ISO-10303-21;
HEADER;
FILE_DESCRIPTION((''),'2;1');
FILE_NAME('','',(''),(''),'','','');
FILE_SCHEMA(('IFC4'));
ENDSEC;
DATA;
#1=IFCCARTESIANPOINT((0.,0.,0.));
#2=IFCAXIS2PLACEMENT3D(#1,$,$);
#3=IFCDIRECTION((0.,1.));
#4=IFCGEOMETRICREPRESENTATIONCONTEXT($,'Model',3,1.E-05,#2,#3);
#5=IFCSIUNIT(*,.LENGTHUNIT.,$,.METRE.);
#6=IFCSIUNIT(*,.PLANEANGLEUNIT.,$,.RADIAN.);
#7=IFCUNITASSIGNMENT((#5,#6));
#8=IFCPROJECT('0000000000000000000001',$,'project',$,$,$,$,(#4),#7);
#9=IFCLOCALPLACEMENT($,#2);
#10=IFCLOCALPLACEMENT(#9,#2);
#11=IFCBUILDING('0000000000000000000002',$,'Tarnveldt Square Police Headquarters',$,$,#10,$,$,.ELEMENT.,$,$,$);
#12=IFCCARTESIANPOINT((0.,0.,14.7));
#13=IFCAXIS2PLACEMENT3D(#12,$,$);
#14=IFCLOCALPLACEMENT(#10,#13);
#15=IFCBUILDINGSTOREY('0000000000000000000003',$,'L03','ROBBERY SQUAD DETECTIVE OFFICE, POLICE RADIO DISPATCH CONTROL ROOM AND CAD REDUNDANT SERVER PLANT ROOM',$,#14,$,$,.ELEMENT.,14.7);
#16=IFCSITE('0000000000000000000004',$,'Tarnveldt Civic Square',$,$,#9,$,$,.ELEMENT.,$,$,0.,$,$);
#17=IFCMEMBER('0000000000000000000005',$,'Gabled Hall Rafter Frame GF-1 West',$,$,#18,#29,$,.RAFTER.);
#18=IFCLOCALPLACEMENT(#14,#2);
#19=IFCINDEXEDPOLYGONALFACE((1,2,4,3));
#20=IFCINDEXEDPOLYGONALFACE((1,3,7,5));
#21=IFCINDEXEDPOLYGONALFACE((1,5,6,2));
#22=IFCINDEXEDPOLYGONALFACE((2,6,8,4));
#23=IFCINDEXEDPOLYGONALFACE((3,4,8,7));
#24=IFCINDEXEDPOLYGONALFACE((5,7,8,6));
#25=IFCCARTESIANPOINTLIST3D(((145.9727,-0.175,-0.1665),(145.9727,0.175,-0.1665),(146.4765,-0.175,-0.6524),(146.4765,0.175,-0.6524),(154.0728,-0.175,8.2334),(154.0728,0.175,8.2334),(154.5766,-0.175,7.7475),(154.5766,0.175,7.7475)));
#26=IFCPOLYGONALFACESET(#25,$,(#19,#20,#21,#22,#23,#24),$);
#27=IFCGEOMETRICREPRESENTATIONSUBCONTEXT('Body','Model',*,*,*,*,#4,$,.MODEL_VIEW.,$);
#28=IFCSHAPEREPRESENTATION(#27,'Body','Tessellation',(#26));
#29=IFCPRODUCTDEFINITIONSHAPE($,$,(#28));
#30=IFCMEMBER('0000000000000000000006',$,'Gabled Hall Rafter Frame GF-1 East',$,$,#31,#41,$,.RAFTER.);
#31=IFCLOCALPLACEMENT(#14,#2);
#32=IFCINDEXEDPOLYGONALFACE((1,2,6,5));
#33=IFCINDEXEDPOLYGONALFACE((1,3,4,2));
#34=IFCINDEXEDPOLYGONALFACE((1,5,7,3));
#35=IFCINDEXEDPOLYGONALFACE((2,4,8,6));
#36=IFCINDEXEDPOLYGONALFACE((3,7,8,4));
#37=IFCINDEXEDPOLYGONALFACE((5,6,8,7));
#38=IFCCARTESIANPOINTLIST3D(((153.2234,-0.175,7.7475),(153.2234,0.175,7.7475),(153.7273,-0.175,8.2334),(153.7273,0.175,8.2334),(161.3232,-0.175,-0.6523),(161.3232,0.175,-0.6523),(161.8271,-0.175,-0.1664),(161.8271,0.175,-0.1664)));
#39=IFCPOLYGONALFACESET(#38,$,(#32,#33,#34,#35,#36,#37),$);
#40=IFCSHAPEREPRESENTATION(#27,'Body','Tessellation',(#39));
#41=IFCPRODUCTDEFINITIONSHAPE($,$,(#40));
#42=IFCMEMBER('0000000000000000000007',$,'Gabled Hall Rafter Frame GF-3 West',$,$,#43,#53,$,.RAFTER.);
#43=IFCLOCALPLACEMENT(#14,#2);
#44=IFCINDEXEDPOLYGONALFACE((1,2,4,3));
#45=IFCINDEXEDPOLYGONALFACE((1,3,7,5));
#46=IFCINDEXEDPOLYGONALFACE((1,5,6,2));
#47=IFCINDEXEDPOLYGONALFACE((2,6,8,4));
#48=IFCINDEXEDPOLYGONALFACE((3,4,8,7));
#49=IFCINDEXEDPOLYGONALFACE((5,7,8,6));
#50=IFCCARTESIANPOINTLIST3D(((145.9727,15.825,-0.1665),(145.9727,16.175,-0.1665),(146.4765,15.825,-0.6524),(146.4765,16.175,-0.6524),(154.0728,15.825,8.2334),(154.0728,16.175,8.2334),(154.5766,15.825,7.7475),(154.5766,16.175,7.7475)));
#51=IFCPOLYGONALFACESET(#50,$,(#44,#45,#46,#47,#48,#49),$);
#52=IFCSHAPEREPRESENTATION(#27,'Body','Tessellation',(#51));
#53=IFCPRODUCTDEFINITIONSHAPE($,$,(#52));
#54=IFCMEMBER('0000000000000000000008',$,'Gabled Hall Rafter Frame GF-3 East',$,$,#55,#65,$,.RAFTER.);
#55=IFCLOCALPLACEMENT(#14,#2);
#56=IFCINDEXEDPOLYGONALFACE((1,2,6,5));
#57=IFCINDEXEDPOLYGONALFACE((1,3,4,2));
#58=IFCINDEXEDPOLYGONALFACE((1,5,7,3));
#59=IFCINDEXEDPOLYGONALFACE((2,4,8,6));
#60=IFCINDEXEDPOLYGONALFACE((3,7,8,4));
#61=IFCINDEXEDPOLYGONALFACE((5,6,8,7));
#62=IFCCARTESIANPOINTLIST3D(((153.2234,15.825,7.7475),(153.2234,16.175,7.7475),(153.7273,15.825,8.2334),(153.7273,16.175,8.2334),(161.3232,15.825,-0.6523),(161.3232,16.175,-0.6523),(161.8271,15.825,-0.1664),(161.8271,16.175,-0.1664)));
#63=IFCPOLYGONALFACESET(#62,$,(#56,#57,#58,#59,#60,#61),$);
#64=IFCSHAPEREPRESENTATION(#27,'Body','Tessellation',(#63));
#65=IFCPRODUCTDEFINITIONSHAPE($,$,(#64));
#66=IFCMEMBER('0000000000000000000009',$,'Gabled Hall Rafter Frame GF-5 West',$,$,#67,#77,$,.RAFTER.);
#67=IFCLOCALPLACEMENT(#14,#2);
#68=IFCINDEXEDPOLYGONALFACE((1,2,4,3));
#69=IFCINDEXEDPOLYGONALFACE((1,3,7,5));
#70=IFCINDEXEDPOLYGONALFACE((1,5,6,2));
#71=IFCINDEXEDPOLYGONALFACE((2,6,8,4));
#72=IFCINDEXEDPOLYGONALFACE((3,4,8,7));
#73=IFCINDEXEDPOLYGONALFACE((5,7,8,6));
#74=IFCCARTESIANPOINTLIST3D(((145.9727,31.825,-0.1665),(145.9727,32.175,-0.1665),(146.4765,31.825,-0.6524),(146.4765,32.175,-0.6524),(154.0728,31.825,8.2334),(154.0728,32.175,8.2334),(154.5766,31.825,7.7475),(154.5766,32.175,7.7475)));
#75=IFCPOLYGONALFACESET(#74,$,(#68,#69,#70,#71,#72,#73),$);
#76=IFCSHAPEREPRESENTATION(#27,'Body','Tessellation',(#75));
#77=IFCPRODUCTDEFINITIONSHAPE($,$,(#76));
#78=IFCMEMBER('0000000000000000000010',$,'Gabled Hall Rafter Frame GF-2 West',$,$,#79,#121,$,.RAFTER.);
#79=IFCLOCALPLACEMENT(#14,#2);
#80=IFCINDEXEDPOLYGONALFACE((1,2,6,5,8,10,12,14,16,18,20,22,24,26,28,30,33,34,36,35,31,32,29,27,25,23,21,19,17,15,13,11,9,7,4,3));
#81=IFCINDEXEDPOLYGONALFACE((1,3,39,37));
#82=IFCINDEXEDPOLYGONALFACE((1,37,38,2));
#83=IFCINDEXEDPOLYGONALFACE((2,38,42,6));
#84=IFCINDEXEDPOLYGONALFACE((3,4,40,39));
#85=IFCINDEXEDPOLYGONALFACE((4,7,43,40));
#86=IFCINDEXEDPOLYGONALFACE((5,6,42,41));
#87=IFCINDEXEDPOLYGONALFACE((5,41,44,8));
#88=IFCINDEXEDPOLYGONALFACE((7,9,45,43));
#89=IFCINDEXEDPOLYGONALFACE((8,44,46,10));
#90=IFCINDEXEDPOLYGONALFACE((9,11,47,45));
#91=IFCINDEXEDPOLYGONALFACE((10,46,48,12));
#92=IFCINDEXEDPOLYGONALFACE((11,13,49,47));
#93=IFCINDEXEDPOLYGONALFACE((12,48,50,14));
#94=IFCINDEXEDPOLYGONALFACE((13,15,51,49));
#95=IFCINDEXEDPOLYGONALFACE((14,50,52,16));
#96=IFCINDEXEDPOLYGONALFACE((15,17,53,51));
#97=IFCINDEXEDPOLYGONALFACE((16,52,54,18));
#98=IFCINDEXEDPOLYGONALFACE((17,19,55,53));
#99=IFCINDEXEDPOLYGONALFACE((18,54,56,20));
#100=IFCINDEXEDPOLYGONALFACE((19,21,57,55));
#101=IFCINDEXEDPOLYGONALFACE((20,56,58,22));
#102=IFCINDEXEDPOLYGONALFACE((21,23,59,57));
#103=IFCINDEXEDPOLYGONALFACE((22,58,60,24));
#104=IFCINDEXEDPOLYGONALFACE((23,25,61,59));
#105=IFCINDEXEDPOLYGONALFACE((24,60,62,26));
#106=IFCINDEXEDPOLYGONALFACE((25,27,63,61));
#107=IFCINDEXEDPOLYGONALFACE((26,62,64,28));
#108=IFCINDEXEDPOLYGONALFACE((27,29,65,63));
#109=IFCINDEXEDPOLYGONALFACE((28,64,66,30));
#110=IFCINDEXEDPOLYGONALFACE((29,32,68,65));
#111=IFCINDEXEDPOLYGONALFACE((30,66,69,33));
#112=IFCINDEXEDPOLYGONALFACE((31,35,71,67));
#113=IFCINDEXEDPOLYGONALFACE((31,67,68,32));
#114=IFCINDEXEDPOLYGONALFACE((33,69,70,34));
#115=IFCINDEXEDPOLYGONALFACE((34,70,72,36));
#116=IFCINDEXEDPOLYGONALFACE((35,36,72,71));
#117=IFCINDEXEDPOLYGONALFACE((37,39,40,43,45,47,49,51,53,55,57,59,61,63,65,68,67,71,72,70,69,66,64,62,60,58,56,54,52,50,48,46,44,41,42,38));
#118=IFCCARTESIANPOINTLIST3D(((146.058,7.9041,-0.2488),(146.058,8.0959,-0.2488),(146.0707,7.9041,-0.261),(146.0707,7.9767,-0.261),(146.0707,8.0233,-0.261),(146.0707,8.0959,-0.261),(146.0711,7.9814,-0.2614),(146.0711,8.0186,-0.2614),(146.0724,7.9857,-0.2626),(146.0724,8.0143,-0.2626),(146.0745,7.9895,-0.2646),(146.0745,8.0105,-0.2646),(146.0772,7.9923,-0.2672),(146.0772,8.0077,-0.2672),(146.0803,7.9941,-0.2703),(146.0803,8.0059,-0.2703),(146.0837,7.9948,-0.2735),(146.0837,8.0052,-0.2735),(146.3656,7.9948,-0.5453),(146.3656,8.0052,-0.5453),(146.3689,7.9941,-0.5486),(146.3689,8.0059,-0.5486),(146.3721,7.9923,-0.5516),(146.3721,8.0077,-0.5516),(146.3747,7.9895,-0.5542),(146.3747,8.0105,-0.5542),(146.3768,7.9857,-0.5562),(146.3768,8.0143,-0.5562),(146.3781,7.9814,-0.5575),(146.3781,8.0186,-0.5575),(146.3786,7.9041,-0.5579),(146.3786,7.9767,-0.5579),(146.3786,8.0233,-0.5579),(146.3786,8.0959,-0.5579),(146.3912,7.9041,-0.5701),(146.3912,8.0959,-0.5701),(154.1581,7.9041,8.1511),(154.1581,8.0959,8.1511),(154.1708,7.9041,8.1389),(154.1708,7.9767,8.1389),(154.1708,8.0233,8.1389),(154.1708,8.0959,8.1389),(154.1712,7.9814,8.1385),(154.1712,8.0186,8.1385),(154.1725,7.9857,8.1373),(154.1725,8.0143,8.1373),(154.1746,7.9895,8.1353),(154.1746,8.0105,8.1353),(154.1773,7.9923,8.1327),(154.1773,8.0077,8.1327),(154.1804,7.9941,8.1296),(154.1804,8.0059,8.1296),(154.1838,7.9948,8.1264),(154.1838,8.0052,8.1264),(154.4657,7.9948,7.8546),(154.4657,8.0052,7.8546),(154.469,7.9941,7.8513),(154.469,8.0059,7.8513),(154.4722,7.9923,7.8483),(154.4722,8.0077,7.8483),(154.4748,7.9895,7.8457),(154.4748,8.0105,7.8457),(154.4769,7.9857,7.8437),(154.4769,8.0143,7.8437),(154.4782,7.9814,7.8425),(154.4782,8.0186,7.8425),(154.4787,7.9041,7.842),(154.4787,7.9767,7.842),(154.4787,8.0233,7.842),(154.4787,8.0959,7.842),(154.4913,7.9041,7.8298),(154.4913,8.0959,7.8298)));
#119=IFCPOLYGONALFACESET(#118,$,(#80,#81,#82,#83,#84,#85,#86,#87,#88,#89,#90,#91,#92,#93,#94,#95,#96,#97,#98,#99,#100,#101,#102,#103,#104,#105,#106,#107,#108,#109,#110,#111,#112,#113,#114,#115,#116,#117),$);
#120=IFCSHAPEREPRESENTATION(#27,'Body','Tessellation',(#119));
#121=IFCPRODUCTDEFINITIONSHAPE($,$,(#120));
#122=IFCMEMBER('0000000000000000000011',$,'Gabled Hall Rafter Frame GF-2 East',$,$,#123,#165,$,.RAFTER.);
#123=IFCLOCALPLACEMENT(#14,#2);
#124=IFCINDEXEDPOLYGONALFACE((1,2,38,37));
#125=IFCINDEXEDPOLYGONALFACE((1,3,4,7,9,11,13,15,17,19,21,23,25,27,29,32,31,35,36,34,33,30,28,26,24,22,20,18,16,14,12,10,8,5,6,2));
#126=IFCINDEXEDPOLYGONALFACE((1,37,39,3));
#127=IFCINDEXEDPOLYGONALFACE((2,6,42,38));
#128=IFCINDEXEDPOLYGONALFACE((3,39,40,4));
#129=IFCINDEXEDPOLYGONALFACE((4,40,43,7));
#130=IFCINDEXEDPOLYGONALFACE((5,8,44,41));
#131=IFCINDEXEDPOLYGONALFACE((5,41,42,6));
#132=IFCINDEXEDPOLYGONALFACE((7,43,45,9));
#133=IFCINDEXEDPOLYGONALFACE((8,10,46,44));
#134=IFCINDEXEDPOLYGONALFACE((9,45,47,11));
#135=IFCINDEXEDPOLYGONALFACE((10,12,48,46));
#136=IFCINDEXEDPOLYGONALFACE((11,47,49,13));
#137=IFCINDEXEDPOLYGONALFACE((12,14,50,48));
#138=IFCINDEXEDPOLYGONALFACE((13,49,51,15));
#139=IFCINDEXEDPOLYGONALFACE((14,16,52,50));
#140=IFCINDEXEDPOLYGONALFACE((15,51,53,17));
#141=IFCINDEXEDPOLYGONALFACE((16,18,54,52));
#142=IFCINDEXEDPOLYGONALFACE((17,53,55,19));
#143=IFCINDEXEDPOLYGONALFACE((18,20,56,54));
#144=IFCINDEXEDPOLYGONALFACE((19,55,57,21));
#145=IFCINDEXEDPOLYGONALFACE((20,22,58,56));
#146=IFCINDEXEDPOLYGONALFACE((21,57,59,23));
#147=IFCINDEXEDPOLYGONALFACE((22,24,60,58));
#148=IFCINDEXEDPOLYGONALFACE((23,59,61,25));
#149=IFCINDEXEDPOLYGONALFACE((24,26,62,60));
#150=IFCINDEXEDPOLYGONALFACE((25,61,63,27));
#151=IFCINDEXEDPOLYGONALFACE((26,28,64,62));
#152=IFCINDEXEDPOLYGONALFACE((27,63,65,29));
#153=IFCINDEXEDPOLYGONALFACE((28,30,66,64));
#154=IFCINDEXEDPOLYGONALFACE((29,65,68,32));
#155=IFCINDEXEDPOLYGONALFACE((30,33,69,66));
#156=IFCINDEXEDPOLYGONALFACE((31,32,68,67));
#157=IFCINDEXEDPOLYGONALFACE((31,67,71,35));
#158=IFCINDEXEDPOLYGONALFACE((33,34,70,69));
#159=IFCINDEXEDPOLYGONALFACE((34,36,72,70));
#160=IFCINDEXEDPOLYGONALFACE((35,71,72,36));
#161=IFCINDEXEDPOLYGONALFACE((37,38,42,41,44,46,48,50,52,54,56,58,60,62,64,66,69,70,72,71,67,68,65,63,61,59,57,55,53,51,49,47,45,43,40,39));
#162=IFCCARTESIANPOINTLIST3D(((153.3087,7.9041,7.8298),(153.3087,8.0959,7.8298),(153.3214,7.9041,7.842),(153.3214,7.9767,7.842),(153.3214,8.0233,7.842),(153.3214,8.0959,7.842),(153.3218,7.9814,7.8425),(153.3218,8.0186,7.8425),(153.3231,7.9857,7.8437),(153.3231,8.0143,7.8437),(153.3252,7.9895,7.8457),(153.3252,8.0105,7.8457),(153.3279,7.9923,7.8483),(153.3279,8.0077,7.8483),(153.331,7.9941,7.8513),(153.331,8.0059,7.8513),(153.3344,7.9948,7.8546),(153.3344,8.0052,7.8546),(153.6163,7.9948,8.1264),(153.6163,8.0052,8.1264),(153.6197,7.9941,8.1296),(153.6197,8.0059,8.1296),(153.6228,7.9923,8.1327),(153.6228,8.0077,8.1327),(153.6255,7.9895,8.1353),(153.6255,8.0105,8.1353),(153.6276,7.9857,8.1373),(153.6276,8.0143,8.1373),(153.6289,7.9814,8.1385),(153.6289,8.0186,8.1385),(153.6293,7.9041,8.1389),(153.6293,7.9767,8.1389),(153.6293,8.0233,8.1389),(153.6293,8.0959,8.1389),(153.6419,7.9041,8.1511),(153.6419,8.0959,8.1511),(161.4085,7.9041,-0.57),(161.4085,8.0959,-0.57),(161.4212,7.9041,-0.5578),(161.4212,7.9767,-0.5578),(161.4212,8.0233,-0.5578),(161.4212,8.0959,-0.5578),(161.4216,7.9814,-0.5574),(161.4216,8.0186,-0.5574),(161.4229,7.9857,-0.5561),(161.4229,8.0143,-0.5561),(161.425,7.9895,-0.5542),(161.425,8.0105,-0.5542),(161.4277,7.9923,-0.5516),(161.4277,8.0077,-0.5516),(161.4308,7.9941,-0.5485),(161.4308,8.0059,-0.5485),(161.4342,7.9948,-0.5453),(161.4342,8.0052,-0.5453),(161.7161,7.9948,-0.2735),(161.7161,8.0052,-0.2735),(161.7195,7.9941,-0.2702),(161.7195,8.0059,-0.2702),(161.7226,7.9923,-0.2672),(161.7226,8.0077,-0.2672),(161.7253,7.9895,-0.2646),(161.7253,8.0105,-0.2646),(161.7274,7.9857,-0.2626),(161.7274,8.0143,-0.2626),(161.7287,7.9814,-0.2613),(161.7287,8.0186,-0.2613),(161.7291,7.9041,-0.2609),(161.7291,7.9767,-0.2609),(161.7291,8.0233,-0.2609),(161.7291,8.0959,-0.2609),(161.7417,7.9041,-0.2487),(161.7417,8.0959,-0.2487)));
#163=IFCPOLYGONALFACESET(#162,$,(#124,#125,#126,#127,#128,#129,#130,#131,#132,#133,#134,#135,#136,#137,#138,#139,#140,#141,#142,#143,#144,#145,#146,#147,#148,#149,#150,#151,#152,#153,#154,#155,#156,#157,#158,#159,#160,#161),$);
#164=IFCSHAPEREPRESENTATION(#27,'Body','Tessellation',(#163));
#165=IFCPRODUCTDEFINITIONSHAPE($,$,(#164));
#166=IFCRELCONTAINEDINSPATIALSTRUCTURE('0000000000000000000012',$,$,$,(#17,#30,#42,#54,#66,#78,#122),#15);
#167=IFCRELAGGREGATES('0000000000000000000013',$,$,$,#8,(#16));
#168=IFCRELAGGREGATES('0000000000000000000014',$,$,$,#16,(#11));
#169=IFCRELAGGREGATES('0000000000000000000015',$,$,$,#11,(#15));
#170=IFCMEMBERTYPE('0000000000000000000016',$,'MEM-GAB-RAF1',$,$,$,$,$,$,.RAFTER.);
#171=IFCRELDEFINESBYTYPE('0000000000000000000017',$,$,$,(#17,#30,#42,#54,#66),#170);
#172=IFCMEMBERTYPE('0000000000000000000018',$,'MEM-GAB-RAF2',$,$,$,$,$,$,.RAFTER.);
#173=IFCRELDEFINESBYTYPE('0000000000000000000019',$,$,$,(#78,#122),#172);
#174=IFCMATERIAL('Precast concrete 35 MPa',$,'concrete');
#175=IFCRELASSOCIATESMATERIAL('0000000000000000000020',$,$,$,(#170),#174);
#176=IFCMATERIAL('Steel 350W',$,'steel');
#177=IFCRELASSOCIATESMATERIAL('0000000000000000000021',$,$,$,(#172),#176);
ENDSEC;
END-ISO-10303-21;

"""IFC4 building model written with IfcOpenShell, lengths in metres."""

from ifc_helpers import new_model, si_unit, direction, frame, origin, origin_2d, place, context, subcontext, project, spatial, rectangle, i_section, extrude, material, material_profile, profile_set, type_object, element, save


model = new_model("IFC4")

# Units and contexts
model_context = context("Model", 3, precision=1e-05, world=origin(), true_north=direction((0.0, 1.0)))
body_context = subcontext(model_context, "Body", "Model", "MODEL_VIEW")
ifc_project = project(units=[si_unit("LENGTHUNIT", "METRE"), si_unit("PLANEANGLEUNIT", "RADIAN")], contexts=[model_context])

# Site, building, storey
site_placement = place(None, origin())
site = spatial("IfcSite", under=ifc_project, at=site_placement, Name="Tarnveldt Civic Square", CompositionType="ELEMENT", RefElevation=0.0)
building_placement = place(site_placement, origin())
building = spatial("IfcBuilding", under=site, at=building_placement, Name="Tarnveldt Square Police Headquarters", CompositionType="ELEMENT")
storey_placement = place(building_placement, frame((0.0, 0.0, 14.7)))
storey = spatial("IfcBuildingStorey", under=building, at=storey_placement, Name="L03", Description="ROBBERY SQUAD DETECTIVE OFFICE, POLICE RADIO DISPATCH CONTROL ROOM AND CAD REDUNDANT SERVER PLANT ROOM", CompositionType="ELEMENT", Elevation=14.7)

# Shared definitions
ifc_material_1 = material(Name="Steel 350W", Category="steel")

# Members
ifc_material_2 = material(Name="Precast concrete 35 MPa", Category="concrete")
ifc_material_profile_1 = material_profile(ifc_material_2, rectangle(XDim=0.3501, YDim=0.7, at=origin_2d()), Name="PC-RAF350x700")
ifc_profile_set_1 = profile_set([ifc_material_profile_1], Name="Precast concrete 35 MPa")
member_type_1 = type_object("IfcMemberType", Name="MEM-GAB-RAF1", PredefinedType="RAFTER", material=ifc_profile_set_1)
member_1_placement = place(storey_placement, frame((146.2246, 0.0, -0.4094), z_axis=(0.694144, 0.0, 0.719836), x_axis=(0.0, 1.0, 0.0)))
element("IfcMember", 1, at=member_1_placement, inside=storey, type_object=member_type_1, Name="Gabled Hall Rafter Frame GF-1 West", PredefinedType="RAFTER", context=body_context, shape_type="SweptSolid", body=[
    extrude(rectangle(XDim=0.3501, YDim=0.7, at=origin_2d()), origin(), (0.0, 0.0, 1.0), 11.6692),
])
member_2_placement = place(storey_placement, frame((153.4753, 0.0, 7.9905), z_axis=(0.694133, 0.0, -0.719847), x_axis=(0.0, 1.0, 0.0)))
element("IfcMember", 2, at=member_2_placement, inside=storey, type_object=member_type_1, Name="Gabled Hall Rafter Frame GF-1 East", PredefinedType="RAFTER", context=body_context, shape_type="SweptSolid", body=[
    extrude(rectangle(XDim=0.3501, YDim=0.7, at=origin_2d()), origin(), (0.0, 0.0, 1.0), 11.6689),
])
member_3_placement = place(storey_placement, frame((146.2246, 16.0, -0.4094), z_axis=(0.694144, 0.0, 0.719836), x_axis=(0.0, 1.0, 0.0)))
element("IfcMember", 3, at=member_3_placement, inside=storey, type_object=member_type_1, Name="Gabled Hall Rafter Frame GF-3 West", PredefinedType="RAFTER", context=body_context, shape_type="SweptSolid", body=[
    extrude(rectangle(XDim=0.3501, YDim=0.7, at=origin_2d()), origin(), (0.0, 0.0, 1.0), 11.6692),
])
member_4_placement = place(storey_placement, frame((153.4753, 16.0, 7.9905), z_axis=(0.694133, 0.0, -0.719847), x_axis=(0.0, 1.0, 0.0)))
element("IfcMember", 4, at=member_4_placement, inside=storey, type_object=member_type_1, Name="Gabled Hall Rafter Frame GF-3 East", PredefinedType="RAFTER", context=body_context, shape_type="SweptSolid", body=[
    extrude(rectangle(XDim=0.3501, YDim=0.7, at=origin_2d()), origin(), (0.0, 0.0, 1.0), 11.6689),
])
member_5_placement = place(storey_placement, frame((146.2246, 32.0, -0.4094), z_axis=(0.694144, 0.0, 0.719836), x_axis=(0.0, 1.0, 0.0)))
element("IfcMember", 5, at=member_5_placement, inside=storey, type_object=member_type_1, Name="Gabled Hall Rafter Frame GF-5 West", PredefinedType="RAFTER", context=body_context, shape_type="SweptSolid", body=[
    extrude(rectangle(XDim=0.3501, YDim=0.7, at=origin_2d()), origin(), (0.0, 0.0, 1.0), 11.6692),
])
ifc_material_profile_2 = material_profile(ifc_material_1, i_section(OverallWidth=0.1919, OverallDepth=0.4629, WebThickness=0.0105, FlangeThickness=0.0176, FilletRadius=0.0181, at=origin_2d()), Name="W460x89")
ifc_profile_set_2 = profile_set([ifc_material_profile_2], Name="Steel 350W")
member_type_2 = type_object("IfcMemberType", Name="MEM-GAB-RAF2", PredefinedType="RAFTER", material=ifc_profile_set_2)
member_6_placement = place(storey_placement, frame((146.2246, 8.0, -0.4094), z_axis=(0.694144, 0.0, 0.719836), x_axis=(0.0, 1.0, 0.0)))
element("IfcMember", 6, at=member_6_placement, inside=storey, type_object=member_type_2, Name="Gabled Hall Rafter Frame GF-2 West", PredefinedType="RAFTER", context=body_context, shape_type="SweptSolid", body=[
    extrude(i_section(OverallWidth=0.1919, OverallDepth=0.4629, WebThickness=0.0105, FlangeThickness=0.0176, FilletRadius=0.0181, at=origin_2d()), origin(), (0.0, 0.0, 1.0), 11.6692),
])
member_7_placement = place(storey_placement, frame((153.4753, 8.0, 7.9905), z_axis=(0.694133, 0.0, -0.719847), x_axis=(0.0, 1.0, 0.0)))
element("IfcMember", 7, at=member_7_placement, inside=storey, type_object=member_type_2, Name="Gabled Hall Rafter Frame GF-2 East", PredefinedType="RAFTER", context=body_context, shape_type="SweptSolid", body=[
    extrude(i_section(OverallWidth=0.1919, OverallDepth=0.4629, WebThickness=0.0105, FlangeThickness=0.0176, FilletRadius=0.0181, at=origin_2d()), origin(), (0.0, 0.0, 1.0), 11.6689),
])

save(model, "model.ifc")
